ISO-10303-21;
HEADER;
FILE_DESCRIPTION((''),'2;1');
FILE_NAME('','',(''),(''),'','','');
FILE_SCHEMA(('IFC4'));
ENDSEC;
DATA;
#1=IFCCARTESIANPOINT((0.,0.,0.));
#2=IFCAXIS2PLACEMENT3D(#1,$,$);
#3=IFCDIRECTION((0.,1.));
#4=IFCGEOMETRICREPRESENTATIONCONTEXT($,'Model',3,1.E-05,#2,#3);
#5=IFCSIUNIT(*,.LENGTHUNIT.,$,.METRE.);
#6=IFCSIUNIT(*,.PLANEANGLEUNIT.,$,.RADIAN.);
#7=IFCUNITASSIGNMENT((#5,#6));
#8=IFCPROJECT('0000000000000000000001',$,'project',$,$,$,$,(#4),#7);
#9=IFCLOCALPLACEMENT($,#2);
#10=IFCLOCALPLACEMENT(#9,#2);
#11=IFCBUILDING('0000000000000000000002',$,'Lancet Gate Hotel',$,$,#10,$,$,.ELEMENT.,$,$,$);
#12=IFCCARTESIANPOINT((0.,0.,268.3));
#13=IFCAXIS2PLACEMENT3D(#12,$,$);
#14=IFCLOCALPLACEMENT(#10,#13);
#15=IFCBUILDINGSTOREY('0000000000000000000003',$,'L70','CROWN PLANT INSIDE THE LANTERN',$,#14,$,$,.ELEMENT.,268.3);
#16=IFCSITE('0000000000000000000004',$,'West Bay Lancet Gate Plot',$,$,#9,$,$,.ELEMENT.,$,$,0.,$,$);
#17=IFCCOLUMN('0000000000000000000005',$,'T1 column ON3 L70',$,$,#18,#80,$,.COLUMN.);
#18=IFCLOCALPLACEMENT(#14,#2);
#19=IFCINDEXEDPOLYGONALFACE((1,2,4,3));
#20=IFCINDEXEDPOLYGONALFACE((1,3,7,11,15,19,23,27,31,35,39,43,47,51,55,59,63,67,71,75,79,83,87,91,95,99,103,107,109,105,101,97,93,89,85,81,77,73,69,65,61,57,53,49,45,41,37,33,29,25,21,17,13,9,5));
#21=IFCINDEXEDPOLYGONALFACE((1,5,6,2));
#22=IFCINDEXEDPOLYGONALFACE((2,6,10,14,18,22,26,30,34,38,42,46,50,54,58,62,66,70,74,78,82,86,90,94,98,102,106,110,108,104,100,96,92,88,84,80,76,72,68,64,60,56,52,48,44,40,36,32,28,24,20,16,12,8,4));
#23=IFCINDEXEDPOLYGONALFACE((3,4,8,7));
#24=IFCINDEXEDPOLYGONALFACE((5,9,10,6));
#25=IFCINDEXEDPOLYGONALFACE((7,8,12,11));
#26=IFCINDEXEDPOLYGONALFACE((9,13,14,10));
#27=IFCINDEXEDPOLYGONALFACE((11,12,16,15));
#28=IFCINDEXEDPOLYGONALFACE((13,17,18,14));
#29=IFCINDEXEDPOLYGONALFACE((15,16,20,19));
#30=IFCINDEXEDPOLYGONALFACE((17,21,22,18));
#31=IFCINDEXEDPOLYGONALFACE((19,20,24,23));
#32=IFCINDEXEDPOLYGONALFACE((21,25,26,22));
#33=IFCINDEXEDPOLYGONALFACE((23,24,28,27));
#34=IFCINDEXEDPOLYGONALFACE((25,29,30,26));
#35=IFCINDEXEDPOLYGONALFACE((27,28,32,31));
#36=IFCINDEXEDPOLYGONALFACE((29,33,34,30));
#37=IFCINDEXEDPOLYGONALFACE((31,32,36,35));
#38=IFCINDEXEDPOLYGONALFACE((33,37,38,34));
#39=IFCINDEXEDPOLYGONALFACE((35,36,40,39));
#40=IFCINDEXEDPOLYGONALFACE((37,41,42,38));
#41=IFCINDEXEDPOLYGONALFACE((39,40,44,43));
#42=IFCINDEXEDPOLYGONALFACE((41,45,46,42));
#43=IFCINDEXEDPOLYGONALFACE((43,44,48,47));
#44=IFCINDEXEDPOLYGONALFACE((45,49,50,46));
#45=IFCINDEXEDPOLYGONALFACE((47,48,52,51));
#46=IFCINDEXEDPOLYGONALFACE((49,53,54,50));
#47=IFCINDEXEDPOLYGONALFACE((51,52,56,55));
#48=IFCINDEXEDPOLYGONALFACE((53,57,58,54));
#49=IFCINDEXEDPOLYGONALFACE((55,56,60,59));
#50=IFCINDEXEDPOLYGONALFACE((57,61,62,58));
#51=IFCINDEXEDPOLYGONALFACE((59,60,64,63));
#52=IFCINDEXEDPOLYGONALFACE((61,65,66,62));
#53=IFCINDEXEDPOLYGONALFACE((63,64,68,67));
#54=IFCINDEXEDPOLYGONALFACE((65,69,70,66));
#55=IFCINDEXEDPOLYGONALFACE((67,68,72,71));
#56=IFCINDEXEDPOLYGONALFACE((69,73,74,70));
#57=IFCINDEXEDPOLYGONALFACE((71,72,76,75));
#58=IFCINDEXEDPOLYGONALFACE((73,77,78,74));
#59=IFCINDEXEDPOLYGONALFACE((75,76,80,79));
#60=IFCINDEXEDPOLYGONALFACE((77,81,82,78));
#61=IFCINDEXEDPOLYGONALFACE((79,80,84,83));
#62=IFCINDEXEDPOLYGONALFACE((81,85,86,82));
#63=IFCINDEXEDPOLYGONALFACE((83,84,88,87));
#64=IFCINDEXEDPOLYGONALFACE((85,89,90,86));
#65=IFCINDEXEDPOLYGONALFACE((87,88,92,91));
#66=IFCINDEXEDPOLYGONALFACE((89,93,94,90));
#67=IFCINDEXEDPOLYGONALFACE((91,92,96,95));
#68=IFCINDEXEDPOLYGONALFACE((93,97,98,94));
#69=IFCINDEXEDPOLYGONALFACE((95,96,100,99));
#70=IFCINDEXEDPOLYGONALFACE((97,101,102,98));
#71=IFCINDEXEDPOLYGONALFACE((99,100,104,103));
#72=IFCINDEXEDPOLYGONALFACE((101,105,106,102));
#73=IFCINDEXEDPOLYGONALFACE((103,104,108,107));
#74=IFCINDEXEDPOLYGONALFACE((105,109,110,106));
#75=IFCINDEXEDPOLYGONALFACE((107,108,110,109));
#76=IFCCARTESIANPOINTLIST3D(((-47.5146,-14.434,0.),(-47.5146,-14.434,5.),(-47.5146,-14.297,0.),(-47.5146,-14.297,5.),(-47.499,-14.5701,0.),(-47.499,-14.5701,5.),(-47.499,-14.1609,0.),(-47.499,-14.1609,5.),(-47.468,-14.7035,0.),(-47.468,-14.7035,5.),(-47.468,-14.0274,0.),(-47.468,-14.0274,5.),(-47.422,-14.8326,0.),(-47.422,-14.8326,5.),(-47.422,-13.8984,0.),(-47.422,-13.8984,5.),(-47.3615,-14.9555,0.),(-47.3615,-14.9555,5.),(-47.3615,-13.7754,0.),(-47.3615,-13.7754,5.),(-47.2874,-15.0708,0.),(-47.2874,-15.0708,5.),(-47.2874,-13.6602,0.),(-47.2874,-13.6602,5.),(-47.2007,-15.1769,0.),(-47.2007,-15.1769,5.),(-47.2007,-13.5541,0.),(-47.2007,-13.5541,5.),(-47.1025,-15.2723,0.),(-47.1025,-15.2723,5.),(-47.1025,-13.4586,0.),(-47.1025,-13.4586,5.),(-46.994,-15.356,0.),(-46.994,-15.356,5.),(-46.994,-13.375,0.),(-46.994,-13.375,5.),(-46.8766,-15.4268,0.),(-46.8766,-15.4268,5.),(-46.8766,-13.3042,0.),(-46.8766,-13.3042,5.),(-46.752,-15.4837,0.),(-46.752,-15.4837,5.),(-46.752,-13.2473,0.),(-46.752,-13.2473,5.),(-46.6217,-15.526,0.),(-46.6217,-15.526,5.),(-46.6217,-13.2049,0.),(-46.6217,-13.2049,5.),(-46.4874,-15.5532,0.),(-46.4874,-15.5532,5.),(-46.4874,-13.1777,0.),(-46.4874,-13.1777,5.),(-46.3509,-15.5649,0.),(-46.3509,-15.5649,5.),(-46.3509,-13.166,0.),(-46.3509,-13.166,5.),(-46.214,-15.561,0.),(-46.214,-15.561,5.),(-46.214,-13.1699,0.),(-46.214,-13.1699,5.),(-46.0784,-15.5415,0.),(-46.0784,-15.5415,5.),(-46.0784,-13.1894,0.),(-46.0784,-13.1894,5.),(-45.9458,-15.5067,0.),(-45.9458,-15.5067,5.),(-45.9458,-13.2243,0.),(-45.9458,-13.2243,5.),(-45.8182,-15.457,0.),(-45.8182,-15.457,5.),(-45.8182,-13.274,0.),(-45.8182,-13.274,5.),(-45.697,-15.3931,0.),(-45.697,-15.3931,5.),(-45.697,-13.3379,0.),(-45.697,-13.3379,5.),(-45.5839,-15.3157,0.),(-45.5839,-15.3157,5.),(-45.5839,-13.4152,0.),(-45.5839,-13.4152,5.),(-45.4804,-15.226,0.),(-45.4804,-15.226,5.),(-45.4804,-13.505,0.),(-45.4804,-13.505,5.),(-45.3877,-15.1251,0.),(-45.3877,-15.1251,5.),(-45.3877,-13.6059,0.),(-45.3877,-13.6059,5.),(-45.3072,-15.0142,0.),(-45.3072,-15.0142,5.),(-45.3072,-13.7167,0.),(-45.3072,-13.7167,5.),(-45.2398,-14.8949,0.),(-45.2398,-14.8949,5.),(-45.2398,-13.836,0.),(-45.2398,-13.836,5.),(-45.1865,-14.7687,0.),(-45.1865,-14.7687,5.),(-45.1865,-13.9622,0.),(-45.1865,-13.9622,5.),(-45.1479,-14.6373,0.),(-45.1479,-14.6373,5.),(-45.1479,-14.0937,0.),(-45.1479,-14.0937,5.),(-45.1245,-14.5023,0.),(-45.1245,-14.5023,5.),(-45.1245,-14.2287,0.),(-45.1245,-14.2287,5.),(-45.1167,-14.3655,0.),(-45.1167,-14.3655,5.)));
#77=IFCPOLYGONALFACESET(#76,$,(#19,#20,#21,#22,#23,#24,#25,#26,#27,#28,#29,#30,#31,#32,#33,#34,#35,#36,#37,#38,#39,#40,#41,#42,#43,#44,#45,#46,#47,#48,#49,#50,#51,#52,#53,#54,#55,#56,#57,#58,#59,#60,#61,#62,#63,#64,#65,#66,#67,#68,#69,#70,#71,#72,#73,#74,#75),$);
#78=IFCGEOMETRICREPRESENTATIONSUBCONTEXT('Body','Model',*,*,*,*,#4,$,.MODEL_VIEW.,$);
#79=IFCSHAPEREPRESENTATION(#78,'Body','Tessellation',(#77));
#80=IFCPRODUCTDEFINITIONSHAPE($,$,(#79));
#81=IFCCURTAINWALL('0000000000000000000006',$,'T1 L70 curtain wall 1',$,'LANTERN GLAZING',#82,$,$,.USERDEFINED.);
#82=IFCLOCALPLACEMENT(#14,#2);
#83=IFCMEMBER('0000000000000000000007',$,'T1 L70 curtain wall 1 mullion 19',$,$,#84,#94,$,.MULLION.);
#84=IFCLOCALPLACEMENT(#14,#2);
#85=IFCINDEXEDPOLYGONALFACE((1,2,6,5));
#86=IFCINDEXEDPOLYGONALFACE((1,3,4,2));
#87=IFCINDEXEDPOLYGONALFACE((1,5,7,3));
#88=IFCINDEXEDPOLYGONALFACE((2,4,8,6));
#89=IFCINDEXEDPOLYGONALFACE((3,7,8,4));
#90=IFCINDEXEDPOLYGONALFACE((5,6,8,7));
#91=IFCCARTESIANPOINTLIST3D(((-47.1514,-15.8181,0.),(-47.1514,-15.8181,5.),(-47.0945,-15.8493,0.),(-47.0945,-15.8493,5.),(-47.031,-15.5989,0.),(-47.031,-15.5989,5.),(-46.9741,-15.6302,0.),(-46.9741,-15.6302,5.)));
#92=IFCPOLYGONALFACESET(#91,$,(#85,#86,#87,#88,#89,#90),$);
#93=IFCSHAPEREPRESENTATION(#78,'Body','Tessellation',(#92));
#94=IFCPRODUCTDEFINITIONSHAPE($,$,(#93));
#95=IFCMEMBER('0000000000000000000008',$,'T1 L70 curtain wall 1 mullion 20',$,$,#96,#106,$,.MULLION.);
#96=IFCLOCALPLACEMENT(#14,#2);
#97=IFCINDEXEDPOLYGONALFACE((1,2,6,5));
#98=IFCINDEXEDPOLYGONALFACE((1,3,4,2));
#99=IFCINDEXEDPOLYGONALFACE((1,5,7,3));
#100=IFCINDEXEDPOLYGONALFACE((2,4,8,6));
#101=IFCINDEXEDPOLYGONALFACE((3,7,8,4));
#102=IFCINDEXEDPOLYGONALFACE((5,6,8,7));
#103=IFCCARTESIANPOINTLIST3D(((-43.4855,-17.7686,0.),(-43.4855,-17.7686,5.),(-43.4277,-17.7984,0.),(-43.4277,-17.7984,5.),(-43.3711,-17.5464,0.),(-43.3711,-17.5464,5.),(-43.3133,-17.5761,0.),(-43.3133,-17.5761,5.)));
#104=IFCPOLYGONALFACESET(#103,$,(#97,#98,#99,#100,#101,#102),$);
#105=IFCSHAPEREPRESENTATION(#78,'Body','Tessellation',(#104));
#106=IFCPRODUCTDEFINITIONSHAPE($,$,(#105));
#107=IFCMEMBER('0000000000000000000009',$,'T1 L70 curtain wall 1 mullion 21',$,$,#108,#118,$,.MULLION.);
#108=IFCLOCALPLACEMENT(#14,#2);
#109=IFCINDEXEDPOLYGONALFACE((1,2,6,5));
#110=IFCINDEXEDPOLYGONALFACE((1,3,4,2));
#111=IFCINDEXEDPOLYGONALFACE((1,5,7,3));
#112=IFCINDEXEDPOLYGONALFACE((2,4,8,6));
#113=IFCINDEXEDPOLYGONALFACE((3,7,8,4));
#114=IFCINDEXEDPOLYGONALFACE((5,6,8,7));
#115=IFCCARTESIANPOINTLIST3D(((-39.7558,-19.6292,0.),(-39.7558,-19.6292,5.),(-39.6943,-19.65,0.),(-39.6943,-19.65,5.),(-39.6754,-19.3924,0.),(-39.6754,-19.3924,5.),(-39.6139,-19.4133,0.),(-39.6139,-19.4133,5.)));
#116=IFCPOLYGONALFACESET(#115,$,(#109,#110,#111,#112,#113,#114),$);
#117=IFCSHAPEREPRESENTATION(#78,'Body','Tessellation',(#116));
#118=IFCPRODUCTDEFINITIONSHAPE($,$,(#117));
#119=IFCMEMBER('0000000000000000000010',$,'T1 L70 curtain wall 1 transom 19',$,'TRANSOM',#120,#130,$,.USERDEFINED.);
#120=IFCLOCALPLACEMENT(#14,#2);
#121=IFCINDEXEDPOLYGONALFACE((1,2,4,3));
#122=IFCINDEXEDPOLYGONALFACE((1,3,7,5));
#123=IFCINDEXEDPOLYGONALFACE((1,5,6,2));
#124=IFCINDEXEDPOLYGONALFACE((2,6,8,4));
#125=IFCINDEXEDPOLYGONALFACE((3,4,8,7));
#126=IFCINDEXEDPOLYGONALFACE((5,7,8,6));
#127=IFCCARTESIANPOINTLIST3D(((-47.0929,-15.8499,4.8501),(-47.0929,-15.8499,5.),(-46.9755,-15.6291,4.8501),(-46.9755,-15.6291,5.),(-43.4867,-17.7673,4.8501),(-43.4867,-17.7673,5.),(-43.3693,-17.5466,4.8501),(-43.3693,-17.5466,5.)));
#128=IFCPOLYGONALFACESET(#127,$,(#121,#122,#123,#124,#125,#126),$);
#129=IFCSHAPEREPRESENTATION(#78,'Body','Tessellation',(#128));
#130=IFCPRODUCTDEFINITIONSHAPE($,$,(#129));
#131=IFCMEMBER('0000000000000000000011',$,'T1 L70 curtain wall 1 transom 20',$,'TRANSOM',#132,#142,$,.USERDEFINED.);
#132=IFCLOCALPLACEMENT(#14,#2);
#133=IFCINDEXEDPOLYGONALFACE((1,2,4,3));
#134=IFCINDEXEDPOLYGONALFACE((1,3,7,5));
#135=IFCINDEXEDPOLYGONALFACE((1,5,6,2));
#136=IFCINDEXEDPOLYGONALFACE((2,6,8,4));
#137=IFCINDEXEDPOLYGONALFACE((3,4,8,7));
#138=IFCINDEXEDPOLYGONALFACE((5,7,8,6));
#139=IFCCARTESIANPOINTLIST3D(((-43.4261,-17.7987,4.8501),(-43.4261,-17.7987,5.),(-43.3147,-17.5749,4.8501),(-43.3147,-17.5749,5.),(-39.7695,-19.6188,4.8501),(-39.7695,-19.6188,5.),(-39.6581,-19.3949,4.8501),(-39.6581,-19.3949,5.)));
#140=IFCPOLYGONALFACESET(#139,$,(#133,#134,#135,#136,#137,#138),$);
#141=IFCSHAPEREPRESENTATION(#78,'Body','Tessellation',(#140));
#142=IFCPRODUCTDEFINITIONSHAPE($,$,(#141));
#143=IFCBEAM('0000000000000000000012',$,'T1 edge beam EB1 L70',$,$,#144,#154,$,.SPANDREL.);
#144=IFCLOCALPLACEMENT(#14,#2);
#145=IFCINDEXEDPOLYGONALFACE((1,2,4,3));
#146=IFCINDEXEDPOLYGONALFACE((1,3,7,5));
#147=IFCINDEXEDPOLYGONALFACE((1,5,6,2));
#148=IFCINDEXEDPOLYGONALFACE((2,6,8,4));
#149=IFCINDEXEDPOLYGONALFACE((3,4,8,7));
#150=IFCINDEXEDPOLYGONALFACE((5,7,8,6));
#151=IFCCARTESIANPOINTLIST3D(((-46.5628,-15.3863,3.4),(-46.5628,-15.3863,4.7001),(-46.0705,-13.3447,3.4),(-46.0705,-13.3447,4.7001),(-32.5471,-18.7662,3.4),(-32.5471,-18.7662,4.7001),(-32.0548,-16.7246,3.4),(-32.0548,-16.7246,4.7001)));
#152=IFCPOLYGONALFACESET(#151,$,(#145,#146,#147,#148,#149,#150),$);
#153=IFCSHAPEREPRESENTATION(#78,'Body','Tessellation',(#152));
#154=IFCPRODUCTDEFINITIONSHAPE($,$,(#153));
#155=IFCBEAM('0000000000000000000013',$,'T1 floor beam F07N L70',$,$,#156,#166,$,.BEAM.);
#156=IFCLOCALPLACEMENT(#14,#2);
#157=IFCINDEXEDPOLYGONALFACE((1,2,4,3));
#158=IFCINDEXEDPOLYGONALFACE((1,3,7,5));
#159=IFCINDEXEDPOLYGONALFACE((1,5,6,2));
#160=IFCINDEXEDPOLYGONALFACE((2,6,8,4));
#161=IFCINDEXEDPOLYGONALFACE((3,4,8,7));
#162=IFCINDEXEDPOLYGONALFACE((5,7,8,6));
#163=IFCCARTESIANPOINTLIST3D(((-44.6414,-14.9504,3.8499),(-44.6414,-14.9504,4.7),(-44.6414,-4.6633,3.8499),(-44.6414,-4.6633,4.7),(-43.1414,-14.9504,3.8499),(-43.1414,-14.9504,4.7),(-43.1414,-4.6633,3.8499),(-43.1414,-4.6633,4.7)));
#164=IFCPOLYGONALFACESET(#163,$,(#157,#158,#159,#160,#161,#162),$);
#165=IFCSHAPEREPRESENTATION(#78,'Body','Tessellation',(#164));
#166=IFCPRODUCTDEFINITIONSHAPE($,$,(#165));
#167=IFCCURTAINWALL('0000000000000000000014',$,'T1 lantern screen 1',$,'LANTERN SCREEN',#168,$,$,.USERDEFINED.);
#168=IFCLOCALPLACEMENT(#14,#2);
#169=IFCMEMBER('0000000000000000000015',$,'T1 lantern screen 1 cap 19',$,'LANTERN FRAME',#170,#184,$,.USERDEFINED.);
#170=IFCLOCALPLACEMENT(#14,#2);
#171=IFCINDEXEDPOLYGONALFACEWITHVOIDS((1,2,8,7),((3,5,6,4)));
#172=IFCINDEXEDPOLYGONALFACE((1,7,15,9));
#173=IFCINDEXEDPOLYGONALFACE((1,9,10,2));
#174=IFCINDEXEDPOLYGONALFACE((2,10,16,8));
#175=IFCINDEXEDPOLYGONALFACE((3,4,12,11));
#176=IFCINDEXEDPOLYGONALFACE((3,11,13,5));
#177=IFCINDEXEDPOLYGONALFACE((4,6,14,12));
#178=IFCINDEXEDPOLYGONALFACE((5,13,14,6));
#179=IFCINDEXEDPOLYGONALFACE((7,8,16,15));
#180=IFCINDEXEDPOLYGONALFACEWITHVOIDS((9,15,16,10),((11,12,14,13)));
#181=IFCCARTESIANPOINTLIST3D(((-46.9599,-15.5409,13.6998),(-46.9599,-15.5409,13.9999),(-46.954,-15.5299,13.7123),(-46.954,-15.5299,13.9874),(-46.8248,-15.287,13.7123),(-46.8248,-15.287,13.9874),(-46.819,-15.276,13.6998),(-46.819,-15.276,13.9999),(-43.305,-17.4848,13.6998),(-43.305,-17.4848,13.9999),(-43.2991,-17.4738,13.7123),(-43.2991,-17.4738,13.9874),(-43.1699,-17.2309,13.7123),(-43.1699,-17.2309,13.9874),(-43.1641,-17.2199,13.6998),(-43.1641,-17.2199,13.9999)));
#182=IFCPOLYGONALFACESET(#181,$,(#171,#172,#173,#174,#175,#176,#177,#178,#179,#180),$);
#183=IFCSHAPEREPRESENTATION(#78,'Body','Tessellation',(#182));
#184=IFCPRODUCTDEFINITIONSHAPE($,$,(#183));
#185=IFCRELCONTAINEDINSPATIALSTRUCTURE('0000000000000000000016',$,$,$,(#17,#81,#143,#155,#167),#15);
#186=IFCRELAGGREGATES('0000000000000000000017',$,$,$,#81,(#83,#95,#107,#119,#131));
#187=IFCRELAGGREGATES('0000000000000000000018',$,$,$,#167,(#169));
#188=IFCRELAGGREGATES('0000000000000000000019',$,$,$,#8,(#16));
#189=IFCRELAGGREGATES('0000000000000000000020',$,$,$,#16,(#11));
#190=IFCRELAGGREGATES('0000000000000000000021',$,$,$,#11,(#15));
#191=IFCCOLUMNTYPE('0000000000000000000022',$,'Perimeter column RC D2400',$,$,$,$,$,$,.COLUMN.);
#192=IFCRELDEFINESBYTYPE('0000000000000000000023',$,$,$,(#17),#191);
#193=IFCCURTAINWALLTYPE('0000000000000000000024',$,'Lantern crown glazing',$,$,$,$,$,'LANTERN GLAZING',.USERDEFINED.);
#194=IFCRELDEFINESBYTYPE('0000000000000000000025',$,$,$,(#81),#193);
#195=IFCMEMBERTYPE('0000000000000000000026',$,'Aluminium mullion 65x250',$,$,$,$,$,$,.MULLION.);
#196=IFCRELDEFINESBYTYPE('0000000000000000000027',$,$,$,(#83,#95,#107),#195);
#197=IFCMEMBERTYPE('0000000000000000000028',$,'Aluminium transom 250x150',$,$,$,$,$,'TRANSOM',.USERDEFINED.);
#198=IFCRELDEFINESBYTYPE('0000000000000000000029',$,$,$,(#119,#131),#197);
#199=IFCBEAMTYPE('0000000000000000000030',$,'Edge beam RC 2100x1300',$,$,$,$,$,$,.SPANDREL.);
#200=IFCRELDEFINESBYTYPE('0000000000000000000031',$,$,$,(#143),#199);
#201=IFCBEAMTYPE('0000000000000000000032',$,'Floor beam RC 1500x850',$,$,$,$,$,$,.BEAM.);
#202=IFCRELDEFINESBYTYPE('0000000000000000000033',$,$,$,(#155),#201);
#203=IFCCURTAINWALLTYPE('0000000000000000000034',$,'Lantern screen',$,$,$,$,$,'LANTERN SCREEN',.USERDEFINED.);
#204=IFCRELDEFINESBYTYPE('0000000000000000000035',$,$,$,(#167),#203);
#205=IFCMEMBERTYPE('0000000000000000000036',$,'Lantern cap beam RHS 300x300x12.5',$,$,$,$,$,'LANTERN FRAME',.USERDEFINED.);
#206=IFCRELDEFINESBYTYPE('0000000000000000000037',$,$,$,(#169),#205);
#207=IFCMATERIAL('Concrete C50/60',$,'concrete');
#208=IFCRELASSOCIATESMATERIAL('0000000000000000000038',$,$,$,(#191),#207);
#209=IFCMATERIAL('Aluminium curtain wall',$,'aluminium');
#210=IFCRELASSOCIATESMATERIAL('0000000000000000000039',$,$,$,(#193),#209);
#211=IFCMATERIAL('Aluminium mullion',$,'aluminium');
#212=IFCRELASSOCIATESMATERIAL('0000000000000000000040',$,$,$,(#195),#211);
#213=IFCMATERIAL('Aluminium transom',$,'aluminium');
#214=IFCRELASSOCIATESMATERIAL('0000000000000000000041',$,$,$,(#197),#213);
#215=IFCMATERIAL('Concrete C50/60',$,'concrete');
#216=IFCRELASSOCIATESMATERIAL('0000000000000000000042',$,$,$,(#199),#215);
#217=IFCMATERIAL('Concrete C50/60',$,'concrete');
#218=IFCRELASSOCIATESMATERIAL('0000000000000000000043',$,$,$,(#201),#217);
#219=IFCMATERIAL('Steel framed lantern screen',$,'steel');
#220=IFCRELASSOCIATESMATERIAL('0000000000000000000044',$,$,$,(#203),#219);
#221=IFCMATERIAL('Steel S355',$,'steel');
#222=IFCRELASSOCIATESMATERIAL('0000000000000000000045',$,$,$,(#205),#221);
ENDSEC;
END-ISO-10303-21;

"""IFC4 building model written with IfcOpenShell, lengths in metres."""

from ifc_helpers import new_model, si_unit, direction, frame, origin, origin_2d, place, context, subcontext, project, spatial, rectangle, hollow_rectangle, circle, extrude, material, material_profile, profile_set, type_object, element, aggregate, save


model = new_model("IFC4")

# Units and contexts
model_context = context("Model", 3, precision=1e-05, world=origin(), true_north=direction((0.0, 1.0)))
body_context = subcontext(model_context, "Body", "Model", "MODEL_VIEW")
ifc_project = project(units=[si_unit("LENGTHUNIT", "METRE"), si_unit("PLANEANGLEUNIT", "RADIAN")], contexts=[model_context])

# Site, building, storey
site_placement = place(None, origin())
site = spatial("IfcSite", under=ifc_project, at=site_placement, Name="West Bay Lancet Gate Plot", CompositionType="ELEMENT", RefElevation=0.0)
building_placement = place(site_placement, origin())
building = spatial("IfcBuilding", under=site, at=building_placement, Name="Lancet Gate Hotel", CompositionType="ELEMENT")
storey_placement = place(building_placement, frame((0.0, 0.0, 268.3)))
storey = spatial("IfcBuildingStorey", under=building, at=storey_placement, Name="L70", Description="CROWN PLANT INSIDE THE LANTERN", CompositionType="ELEMENT", Elevation=268.3)

# Column
ifc_material_1 = material(Name="Concrete C50/60", Category="concrete")
ifc_material_profile_1 = material_profile(ifc_material_1, circle(Radius=1.2, at=origin_2d()), Name="RC D2400")
ifc_profile_set_1 = profile_set([ifc_material_profile_1], Name="Concrete C50/60")
column_type = type_object("IfcColumnType", Name="Perimeter column RC D2400", PredefinedType="COLUMN", material=ifc_profile_set_1)
column_placement = place(storey_placement, frame((-46.3167, -14.3655, 0.0), z_axis=(0.0, 0.0, 1.0), x_axis=(1.0, 0.0, 0.0)))
element("IfcColumn", 1, at=column_placement, inside=storey, type_object=column_type, Name="T1 column ON3 L70", PredefinedType="COLUMN", context=body_context, shape_type="SweptSolid", body=[
    extrude(circle(Radius=1.2, at=origin_2d()), origin(), (0.0, 0.0, 1.0), 5.0),
])

# Curtain wall, members
ifc_material_2 = material(Name="Aluminium curtain wall", Category="aluminium")
curtain_wall_type_1 = type_object("IfcCurtainWallType", Name="Lantern crown glazing", ElementType="LANTERN GLAZING", PredefinedType="USERDEFINED", material=ifc_material_2)
curtain_wall_1_placement = place(storey_placement, origin())
curtain_wall_1 = element("IfcCurtainWall", 2, at=curtain_wall_1_placement, inside=storey, type_object=curtain_wall_type_1, Name="T1 L70 curtain wall 1", ObjectType="LANTERN GLAZING", PredefinedType="USERDEFINED")
ifc_material_3 = material(Name="Aluminium mullion", Category="aluminium")
ifc_material_profile_2 = material_profile(ifc_material_3, rectangle(XDim=0.0649, YDim=0.25, at=origin_2d()), Name="MULLION 65x250")
ifc_profile_set_2 = profile_set([ifc_material_profile_2], Name="Aluminium mullion")
member_type_1 = type_object("IfcMemberType", Name="Aluminium mullion 65x250", PredefinedType="MULLION", material=ifc_profile_set_2)
member_1_placement = place(storey_placement, frame((-47.0627, -15.7241, 0.0), z_axis=(0.0, 0.0, 1.0), x_axis=(0.876516, -0.481372, 0.0)))
member_1 = element("IfcMember", 3, at=member_1_placement, type_object=member_type_1, Name="T1 L70 curtain wall 1 mullion 19", PredefinedType="MULLION", context=body_context, shape_type="SweptSolid", body=[
    extrude(rectangle(XDim=0.0649, YDim=0.25, at=origin_2d()), origin(), (0.0, 0.0, 1.0), 5.0),
])
member_2_placement = place(storey_placement, frame((-43.3994, -17.6724, 0.0), z_axis=(0.0, 0.0, 1.0), x_axis=(0.889156, -0.457605, 0.0)))
member_2 = element("IfcMember", 4, at=member_2_placement, type_object=member_type_1, Name="T1 L70 curtain wall 1 mullion 20", PredefinedType="MULLION", context=body_context, shape_type="SweptSolid", body=[
    extrude(rectangle(XDim=0.0649, YDim=0.25, at=origin_2d()), origin(), (0.0, 0.0, 1.0), 5.0),
])
member_3_placement = place(storey_placement, frame((-39.6848, -19.5212, 0.0), z_axis=(0.0, 0.0, 1.0), x_axis=(0.946888, -0.321564, 0.0)))
member_3 = element("IfcMember", 5, at=member_3_placement, type_object=member_type_1, Name="T1 L70 curtain wall 1 mullion 21", PredefinedType="MULLION", context=body_context, shape_type="SweptSolid", body=[
    extrude(rectangle(XDim=0.0649, YDim=0.25, at=origin_2d()), origin(), (0.0, 0.0, 1.0), 5.0),
])
ifc_material_4 = material(Name="Aluminium transom", Category="aluminium")
ifc_material_profile_3 = material_profile(ifc_material_4, rectangle(XDim=0.25, YDim=0.1499, at=origin_2d()), Name="TRANSOM 250x150")
ifc_profile_set_3 = profile_set([ifc_material_profile_3], Name="Aluminium transom")
member_type_2 = type_object("IfcMemberType", Name="Aluminium transom 250x150", ElementType="TRANSOM", PredefinedType="USERDEFINED", material=ifc_profile_set_3)
member_4_placement = place(storey_placement, frame((-47.0342, -15.7395, 4.925), z_axis=(0.882945, -0.469477, 0.0), x_axis=(0.469477, 0.882945, 0.0)))
member_4 = element("IfcMember", 6, at=member_4_placement, type_object=member_type_2, Name="T1 L70 curtain wall 1 transom 19", ObjectType="TRANSOM", PredefinedType="USERDEFINED", context=body_context, shape_type="SweptSolid", body=[
    extrude(rectangle(XDim=0.25, YDim=0.1499, at=origin_2d()), origin(), (0.0, 0.0, 1.0), 4.0842),
])
member_5_placement = place(storey_placement, frame((-43.3704, -17.6868, 4.925), z_axis=(0.895227, -0.445611, 0.0), x_axis=(0.445611, 0.895227, 0.0)))
member_5 = element("IfcMember", 7, at=member_5_placement, type_object=member_type_2, Name="T1 L70 curtain wall 1 transom 20", ObjectType="TRANSOM", PredefinedType="USERDEFINED", context=body_context, shape_type="SweptSolid", body=[
    extrude(rectangle(XDim=0.25, YDim=0.1499, at=origin_2d()), origin(), (0.0, 0.0, 1.0), 4.0845),
])

# Beams
ifc_material_5 = material(Name="Concrete C50/60", Category="concrete")
ifc_material_profile_4 = material_profile(ifc_material_5, rectangle(XDim=2.1001, YDim=1.3, at=origin_2d()), Name="RC 2100x1300")
ifc_profile_set_4 = profile_set([ifc_material_profile_4], Name="Concrete C50/60")
beam_type_1 = type_object("IfcBeamType", Name="Edge beam RC 2100x1300", PredefinedType="SPANDREL", material=ifc_profile_set_4)
beam_1_placement = place(storey_placement, frame((-46.3167, -14.3655, 4.05), z_axis=(0.972133, -0.234431, 0.0), x_axis=(0.234431, 0.972133, 0.0)))
element("IfcBeam", 8, at=beam_1_placement, inside=storey, type_object=beam_type_1, Name="T1 edge beam EB1 L70", PredefinedType="SPANDREL", context=body_context, shape_type="SweptSolid", body=[
    extrude(rectangle(XDim=2.1001, YDim=1.3, at=origin_2d()), origin(), (0.0, 0.0, 1.0), 14.4175),
])
ifc_material_6 = material(Name="Concrete C50/60", Category="concrete")
ifc_material_profile_5 = material_profile(ifc_material_6, rectangle(XDim=1.5, YDim=0.8501, at=origin_2d()), Name="RC 1500x850")
ifc_profile_set_5 = profile_set([ifc_material_profile_5], Name="Concrete C50/60")
beam_type_2 = type_object("IfcBeamType", Name="Floor beam RC 1500x850", PredefinedType="BEAM", material=ifc_profile_set_5)
beam_2_placement = place(storey_placement, frame((-43.8914, -4.6633, 4.2749), z_axis=(0.0, -1.0, 0.0), x_axis=(1.0, 0.0, 0.0)))
element("IfcBeam", 9, at=beam_2_placement, inside=storey, type_object=beam_type_2, Name="T1 floor beam F07N L70", PredefinedType="BEAM", context=body_context, shape_type="SweptSolid", body=[
    extrude(rectangle(XDim=1.5, YDim=0.8501, at=origin_2d()), origin(), (0.0, 0.0, 1.0), 10.2871),
])

# Curtain wall, member
ifc_material_7 = material(Name="Steel framed lantern screen", Category="steel")
curtain_wall_type_2 = type_object("IfcCurtainWallType", Name="Lantern screen", ElementType="LANTERN SCREEN", PredefinedType="USERDEFINED", material=ifc_material_7)
curtain_wall_2_placement = place(storey_placement, origin())
curtain_wall_2 = element("IfcCurtainWall", 10, at=curtain_wall_2_placement, inside=storey, type_object=curtain_wall_type_2, Name="T1 lantern screen 1", ObjectType="LANTERN SCREEN", PredefinedType="USERDEFINED")
ifc_material_8 = material(Name="Steel S355", Category="steel")
ifc_material_profile_6 = material_profile(ifc_material_8, hollow_rectangle(XDim=0.3, YDim=0.3, WallThickness=0.0125, at=origin_2d()), Name="RHS 300x300x12.5")
ifc_profile_set_6 = profile_set([ifc_material_profile_6], Name="Steel S355")
member_type_3 = type_object("IfcMemberType", Name="Lantern cap beam RHS 300x300x12.5", ElementType="LANTERN FRAME", PredefinedType="USERDEFINED", material=ifc_profile_set_6)
member_6_placement = place(storey_placement, frame((-46.8894, -15.4084, 13.8499), z_axis=(0.882891, -0.469578, 0.0), x_axis=(0.469578, 0.882891, 0.0)))
member_6 = element("IfcMember", 11, at=member_6_placement, type_object=member_type_3, Name="T1 lantern screen 1 cap 19", ObjectType="LANTERN FRAME", PredefinedType="USERDEFINED", context=body_context, shape_type="SweptSolid", body=[
    extrude(hollow_rectangle(XDim=0.3, YDim=0.3, WallThickness=0.0125, at=origin_2d()), origin(), (0.0, 0.0, 1.0), 4.1396),
])

aggregate(curtain_wall_1, [member_1, member_2, member_3, member_4, member_5])
aggregate(curtain_wall_2, [member_6])

save(model, "model.ifc")
